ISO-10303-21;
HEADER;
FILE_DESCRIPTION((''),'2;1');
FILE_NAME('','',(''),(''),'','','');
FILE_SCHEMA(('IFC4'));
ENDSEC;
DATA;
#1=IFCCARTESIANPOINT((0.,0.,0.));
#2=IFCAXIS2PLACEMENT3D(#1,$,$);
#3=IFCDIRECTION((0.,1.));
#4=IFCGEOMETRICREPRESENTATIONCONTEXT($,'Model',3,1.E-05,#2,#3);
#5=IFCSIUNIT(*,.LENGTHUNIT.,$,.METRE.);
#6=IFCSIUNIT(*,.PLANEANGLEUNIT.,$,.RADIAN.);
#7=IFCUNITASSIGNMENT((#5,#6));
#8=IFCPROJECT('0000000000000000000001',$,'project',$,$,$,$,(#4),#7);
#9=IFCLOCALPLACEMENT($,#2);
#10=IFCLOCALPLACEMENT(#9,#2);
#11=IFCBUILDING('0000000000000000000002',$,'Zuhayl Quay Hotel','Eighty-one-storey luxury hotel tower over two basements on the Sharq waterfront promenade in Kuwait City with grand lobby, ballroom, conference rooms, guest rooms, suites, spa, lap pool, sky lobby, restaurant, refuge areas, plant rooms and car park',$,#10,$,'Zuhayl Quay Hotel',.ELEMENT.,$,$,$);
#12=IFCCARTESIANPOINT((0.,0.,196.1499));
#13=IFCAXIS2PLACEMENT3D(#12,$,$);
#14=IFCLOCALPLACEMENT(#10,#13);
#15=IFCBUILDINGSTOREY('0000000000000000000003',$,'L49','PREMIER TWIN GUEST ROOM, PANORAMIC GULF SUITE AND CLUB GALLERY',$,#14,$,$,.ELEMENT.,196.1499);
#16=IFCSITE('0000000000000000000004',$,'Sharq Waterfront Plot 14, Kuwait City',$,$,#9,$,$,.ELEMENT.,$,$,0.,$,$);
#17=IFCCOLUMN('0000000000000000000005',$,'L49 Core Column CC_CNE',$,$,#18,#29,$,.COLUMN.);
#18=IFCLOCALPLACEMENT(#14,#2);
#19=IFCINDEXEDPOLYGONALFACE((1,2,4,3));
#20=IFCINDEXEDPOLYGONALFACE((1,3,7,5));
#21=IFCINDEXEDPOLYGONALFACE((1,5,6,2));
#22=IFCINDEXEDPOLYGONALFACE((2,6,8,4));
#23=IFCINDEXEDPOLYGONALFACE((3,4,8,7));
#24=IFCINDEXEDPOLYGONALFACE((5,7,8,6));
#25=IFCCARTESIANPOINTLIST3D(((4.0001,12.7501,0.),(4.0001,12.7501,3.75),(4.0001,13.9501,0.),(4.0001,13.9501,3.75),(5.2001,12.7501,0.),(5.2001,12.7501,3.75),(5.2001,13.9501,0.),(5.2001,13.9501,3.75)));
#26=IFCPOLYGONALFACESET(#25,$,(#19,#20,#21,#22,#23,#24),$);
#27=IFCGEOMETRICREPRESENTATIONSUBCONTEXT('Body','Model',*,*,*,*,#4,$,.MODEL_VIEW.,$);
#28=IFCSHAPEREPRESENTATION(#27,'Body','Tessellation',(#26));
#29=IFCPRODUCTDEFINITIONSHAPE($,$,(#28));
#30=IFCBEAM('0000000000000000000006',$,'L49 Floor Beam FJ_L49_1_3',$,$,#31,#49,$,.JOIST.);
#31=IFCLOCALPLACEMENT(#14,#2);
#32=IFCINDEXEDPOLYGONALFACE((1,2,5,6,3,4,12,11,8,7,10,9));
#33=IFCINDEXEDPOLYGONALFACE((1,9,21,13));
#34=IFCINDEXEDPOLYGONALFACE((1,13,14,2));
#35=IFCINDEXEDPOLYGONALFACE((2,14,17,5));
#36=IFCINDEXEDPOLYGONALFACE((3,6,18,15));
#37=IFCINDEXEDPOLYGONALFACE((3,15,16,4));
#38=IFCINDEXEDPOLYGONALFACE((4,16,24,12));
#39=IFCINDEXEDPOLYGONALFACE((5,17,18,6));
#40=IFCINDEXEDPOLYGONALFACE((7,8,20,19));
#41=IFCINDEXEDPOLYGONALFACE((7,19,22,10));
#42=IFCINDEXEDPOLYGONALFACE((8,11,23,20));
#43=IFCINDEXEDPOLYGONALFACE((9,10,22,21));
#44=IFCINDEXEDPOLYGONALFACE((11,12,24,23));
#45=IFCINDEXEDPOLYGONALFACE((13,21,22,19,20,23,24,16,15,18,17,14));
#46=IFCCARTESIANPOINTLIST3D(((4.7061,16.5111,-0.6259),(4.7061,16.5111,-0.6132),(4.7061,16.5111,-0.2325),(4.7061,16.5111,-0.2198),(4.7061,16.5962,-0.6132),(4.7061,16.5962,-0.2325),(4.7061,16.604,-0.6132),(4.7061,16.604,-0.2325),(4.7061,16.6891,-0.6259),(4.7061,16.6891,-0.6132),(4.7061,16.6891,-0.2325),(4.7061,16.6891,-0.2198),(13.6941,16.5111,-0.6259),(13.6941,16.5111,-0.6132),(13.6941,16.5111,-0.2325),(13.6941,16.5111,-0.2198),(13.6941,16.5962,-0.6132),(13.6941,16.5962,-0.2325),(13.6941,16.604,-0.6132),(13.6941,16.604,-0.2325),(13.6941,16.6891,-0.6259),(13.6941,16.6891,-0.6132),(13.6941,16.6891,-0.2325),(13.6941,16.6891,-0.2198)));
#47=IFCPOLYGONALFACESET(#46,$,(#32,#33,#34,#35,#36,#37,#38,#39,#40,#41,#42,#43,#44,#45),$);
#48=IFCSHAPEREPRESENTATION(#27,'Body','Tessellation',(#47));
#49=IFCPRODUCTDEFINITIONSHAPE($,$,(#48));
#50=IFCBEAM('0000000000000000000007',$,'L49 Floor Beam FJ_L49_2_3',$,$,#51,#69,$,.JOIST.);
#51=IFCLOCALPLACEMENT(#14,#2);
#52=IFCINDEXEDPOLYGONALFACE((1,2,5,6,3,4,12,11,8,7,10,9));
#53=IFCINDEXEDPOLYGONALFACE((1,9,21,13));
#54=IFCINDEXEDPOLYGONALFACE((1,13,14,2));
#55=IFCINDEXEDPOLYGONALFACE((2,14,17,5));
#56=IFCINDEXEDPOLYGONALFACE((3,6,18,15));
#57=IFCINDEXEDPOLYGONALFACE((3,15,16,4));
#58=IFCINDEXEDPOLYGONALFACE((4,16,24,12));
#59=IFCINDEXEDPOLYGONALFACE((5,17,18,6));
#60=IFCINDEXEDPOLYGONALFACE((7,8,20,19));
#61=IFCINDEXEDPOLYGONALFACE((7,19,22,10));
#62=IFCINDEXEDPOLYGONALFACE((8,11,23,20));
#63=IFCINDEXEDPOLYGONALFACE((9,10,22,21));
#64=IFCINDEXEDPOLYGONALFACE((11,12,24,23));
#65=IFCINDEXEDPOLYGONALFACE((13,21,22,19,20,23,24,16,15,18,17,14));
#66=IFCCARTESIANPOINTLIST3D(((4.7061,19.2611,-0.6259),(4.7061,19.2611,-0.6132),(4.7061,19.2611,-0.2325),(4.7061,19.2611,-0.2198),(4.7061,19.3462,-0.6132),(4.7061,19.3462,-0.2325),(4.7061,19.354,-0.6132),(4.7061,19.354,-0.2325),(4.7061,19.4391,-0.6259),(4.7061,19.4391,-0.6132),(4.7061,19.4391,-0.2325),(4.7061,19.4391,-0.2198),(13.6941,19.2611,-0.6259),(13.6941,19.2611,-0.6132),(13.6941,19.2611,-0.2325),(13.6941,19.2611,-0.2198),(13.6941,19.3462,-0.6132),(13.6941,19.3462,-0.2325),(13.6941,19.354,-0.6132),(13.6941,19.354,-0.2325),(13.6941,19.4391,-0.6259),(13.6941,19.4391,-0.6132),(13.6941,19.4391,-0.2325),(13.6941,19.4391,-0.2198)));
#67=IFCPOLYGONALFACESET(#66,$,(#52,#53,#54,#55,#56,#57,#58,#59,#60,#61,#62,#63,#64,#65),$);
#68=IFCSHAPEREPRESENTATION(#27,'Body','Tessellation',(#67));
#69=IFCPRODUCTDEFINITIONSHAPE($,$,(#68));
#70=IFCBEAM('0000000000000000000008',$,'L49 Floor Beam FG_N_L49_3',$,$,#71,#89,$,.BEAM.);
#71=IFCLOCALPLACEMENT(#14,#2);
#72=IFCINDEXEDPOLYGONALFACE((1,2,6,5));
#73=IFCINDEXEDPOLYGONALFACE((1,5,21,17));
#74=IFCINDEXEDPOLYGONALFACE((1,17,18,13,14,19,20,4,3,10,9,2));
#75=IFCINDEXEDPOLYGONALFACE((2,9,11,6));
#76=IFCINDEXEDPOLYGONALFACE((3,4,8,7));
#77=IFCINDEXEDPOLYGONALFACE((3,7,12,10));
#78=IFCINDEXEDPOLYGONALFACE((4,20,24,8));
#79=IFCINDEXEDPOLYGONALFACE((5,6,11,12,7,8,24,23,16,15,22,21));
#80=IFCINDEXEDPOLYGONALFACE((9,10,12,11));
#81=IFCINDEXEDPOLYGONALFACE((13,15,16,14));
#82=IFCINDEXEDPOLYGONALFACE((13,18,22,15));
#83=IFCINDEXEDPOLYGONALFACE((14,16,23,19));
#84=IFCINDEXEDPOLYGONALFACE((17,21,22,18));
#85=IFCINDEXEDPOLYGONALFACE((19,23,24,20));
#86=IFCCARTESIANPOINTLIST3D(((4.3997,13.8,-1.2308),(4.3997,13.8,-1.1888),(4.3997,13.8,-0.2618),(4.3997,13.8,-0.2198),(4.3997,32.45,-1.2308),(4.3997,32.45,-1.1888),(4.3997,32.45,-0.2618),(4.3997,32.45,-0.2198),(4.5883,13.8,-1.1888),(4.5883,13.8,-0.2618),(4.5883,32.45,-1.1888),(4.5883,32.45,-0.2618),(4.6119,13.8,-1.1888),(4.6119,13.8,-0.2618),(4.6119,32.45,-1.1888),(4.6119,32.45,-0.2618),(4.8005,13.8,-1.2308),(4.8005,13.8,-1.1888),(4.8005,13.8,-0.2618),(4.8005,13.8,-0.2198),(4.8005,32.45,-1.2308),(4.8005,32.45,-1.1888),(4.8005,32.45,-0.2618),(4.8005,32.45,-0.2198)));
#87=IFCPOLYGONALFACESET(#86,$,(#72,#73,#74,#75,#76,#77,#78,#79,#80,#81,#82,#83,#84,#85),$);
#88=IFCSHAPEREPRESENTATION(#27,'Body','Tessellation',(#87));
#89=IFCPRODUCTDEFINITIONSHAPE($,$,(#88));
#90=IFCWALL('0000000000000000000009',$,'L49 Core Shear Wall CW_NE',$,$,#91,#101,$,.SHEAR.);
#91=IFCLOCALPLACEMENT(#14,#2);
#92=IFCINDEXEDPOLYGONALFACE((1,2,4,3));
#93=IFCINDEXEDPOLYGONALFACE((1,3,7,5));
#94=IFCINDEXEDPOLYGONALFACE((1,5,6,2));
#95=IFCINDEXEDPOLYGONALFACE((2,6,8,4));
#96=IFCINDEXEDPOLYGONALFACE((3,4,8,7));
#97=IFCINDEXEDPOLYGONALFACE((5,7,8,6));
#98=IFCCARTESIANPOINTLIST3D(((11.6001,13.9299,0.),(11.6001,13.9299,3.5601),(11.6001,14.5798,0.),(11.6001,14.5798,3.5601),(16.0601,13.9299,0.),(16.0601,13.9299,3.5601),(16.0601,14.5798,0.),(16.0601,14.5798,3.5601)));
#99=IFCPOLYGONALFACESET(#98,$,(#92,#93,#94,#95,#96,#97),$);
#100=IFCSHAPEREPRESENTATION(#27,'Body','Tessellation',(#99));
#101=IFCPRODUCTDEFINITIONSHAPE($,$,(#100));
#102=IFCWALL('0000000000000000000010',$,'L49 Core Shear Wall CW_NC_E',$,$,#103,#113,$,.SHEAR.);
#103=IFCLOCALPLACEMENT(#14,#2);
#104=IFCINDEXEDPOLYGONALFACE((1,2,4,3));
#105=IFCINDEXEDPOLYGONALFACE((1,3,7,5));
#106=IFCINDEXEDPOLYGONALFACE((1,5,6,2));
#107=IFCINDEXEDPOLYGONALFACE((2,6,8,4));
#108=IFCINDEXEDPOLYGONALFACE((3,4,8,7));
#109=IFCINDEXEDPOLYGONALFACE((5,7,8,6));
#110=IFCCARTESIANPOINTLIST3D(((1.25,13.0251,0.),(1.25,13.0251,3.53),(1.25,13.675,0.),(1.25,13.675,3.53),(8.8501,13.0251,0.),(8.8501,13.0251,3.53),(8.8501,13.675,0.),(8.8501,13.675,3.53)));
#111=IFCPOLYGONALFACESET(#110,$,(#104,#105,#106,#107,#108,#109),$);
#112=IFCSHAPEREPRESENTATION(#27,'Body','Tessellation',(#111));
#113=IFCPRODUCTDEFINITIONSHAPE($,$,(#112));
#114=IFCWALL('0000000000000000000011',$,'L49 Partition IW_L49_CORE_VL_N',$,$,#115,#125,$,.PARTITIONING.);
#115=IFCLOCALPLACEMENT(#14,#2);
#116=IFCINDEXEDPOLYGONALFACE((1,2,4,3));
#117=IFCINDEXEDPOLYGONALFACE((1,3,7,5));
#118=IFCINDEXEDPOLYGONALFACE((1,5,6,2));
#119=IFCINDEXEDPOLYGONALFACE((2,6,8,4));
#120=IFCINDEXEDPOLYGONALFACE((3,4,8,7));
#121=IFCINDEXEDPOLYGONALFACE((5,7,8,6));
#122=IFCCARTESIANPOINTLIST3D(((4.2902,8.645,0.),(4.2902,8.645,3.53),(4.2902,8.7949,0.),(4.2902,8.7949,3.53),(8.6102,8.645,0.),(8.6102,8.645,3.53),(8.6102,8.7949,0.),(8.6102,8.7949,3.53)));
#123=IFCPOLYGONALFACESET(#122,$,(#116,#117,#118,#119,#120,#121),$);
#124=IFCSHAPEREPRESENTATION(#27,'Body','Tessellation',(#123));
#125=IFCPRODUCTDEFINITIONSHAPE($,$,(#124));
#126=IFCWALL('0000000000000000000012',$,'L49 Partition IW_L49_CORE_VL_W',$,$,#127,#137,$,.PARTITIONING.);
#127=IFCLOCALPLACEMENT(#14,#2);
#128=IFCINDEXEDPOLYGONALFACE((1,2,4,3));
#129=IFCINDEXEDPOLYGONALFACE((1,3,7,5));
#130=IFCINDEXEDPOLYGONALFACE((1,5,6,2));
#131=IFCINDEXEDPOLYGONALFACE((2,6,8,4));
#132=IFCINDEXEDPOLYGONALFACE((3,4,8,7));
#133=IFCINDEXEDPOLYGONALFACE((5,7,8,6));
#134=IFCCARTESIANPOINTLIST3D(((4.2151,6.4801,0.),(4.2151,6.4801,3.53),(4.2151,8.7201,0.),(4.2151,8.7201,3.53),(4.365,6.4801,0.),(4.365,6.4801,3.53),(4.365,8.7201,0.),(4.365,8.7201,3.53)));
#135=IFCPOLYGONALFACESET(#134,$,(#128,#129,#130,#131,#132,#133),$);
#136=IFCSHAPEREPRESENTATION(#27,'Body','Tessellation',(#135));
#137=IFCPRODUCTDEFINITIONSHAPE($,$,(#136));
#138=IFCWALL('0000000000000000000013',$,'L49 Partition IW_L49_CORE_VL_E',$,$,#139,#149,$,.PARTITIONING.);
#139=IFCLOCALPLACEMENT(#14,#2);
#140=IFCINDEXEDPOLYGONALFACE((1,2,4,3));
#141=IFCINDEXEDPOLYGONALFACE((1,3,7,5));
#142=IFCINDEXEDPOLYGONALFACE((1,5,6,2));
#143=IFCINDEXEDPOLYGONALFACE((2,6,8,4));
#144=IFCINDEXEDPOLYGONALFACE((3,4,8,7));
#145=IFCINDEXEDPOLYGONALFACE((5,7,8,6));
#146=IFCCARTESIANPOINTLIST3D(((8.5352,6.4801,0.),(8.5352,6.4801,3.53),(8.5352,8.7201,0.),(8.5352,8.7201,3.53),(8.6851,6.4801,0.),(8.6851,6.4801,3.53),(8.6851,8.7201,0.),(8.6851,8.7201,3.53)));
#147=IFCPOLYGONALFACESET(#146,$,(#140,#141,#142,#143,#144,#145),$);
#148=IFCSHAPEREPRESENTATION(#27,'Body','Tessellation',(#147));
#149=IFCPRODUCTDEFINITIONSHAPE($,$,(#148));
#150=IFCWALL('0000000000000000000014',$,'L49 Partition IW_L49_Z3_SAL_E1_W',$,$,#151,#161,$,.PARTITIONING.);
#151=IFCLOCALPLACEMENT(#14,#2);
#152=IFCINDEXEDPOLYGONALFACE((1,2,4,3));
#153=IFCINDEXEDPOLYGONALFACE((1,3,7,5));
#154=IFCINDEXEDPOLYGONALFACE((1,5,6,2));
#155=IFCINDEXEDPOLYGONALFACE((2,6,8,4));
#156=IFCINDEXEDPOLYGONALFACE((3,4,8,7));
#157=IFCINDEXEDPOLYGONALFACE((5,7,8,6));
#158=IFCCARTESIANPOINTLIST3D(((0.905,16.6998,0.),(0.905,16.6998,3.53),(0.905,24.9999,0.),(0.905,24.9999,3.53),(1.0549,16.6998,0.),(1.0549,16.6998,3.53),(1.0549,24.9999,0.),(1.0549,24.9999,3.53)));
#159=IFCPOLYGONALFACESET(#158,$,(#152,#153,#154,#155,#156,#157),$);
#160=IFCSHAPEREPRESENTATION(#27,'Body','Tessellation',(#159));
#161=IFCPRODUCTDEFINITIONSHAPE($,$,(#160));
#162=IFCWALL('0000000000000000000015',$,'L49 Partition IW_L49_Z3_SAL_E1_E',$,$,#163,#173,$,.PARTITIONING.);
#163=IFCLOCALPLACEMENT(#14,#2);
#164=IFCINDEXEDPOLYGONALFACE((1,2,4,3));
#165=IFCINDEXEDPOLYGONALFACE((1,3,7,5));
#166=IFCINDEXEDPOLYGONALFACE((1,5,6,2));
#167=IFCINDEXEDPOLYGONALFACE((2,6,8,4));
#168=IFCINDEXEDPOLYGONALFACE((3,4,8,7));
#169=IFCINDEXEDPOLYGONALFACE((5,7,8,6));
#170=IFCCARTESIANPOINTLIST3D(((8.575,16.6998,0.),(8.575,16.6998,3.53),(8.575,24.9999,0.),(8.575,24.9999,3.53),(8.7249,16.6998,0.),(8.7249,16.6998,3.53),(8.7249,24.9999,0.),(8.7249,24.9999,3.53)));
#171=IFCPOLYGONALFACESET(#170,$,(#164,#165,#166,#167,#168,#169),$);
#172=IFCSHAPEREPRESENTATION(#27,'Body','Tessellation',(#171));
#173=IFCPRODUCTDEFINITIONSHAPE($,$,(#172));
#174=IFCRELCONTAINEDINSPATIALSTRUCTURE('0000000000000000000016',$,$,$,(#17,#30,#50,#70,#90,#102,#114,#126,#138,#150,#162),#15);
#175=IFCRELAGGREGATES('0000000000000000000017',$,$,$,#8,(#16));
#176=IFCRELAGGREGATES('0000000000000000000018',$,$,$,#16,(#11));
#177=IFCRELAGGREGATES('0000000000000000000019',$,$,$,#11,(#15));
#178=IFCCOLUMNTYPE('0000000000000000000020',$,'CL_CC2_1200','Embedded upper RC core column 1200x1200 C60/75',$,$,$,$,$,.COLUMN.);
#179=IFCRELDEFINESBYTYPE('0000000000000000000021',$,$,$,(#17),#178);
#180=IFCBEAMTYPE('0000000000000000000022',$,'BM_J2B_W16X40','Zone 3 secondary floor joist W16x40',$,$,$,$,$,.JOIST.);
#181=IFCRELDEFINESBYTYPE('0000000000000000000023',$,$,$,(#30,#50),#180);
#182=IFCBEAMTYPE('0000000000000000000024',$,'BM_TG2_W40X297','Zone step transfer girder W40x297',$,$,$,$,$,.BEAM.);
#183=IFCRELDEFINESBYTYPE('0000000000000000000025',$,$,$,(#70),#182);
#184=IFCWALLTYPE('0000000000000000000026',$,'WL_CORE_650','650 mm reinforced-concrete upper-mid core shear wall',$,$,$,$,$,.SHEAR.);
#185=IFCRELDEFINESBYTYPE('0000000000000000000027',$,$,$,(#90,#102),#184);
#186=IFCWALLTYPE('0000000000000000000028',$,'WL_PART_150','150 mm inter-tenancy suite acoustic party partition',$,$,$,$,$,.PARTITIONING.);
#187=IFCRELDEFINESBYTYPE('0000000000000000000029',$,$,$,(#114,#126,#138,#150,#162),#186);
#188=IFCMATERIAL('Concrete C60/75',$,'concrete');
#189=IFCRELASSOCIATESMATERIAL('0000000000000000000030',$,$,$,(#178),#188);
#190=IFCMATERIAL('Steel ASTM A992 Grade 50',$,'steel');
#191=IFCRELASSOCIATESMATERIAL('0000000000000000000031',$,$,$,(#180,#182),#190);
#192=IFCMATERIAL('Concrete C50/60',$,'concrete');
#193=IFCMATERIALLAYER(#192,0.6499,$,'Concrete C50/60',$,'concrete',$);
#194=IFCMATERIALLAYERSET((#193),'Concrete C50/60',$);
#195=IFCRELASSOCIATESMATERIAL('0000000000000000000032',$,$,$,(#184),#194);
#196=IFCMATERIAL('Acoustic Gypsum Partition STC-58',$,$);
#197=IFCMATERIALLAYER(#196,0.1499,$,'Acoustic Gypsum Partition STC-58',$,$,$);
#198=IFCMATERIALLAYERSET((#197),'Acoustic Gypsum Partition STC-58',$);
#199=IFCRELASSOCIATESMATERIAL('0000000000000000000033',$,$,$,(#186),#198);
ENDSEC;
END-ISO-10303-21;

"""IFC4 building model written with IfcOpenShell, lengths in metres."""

from ifc_helpers import new_model, si_unit, direction, frame, frame_2d, origin, origin_2d, place, context, subcontext, project, spatial, rectangle, i_section, extrude, material, layer, layer_set, material_profile, profile_set, type_object, element, save


model = new_model("IFC4")

# Units and contexts
model_context = context("Model", 3, precision=1e-05, world=origin(), true_north=direction((0.0, 1.0)))
body_context = subcontext(model_context, "Body", "Model", "MODEL_VIEW")
ifc_project = project(units=[si_unit("LENGTHUNIT", "METRE"), si_unit("PLANEANGLEUNIT", "RADIAN")], contexts=[model_context])

# Site, building, storey
site_placement = place(None, origin())
site = spatial("IfcSite", under=ifc_project, at=site_placement, Name="Sharq Waterfront Plot 14, Kuwait City", CompositionType="ELEMENT", RefElevation=0.0)
building_placement = place(site_placement, origin())
building = spatial("IfcBuilding", under=site, at=building_placement, Name="Zuhayl Quay Hotel", Description="Eighty-one-storey luxury hotel tower over two basements on the Sharq waterfront promenade in Kuwait City with grand lobby, ballroom, conference rooms, guest rooms, suites, spa, lap pool, sky lobby, restaurant, refuge areas, plant rooms and car park", LongName="Zuhayl Quay Hotel", CompositionType="ELEMENT")
storey_placement = place(building_placement, frame((0.0, 0.0, 196.1499)))
storey = spatial("IfcBuildingStorey", under=building, at=storey_placement, Name="L49", Description="PREMIER TWIN GUEST ROOM, PANORAMIC GULF SUITE AND CLUB GALLERY", CompositionType="ELEMENT", Elevation=196.1499)

# Column
ifc_material_1 = material(Name="Concrete C60/75", Category="concrete")
ifc_material_profile_1 = material_profile(ifc_material_1, rectangle(XDim=1.2, YDim=1.2, at=origin_2d()), Name="RC1200X1200")
ifc_profile_set_1 = profile_set([ifc_material_profile_1], Name="Concrete C60/75")
column_type = type_object("IfcColumnType", Name="CL_CC2_1200", Description="Embedded upper RC core column 1200x1200 C60/75", PredefinedType="COLUMN", material=ifc_profile_set_1)
column_placement = place(storey_placement, frame((4.6001, 13.3501, 0.0), z_axis=(0.0, 0.0, 1.0), x_axis=(1.0, 0.0, 0.0)))
element("IfcColumn", 1, at=column_placement, inside=storey, type_object=column_type, Name="L49 Core Column CC_CNE", PredefinedType="COLUMN", context=body_context, shape_type="SweptSolid", body=[
    extrude(rectangle(XDim=1.2, YDim=1.2, at=origin_2d()), origin(), (0.0, 0.0, 1.0), 3.75),
])

# Beams
ifc_material_2 = material(Name="Steel ASTM A992 Grade 50", Category="steel")
ifc_material_profile_2 = material_profile(ifc_material_2, i_section(OverallWidth=0.178, OverallDepth=0.406, WebThickness=0.0078, FlangeThickness=0.0127, at=origin_2d()), Name="W16X40")
ifc_profile_set_2 = profile_set([ifc_material_profile_2], Name="Steel ASTM A992 Grade 50")
beam_type_1 = type_object("IfcBeamType", Name="BM_J2B_W16X40", Description="Zone 3 secondary floor joist W16x40", PredefinedType="JOIST", material=ifc_profile_set_2)
for number, where, z_axis, x_axis, name in (
    (2, (4.7061, 16.6001, -0.4229), (1.0, 0.0, 0.0), (0.0, 1.0, 0.0), "L49 Floor Beam FJ_L49_1_3"),
    (3, (4.7061, 19.3501, -0.4229), (1.0, 0.0, 0.0), (0.0, 1.0, 0.0), "L49 Floor Beam FJ_L49_2_3"),
):
    element("IfcBeam", number, at=place(storey_placement, frame(where, z_axis=z_axis, x_axis=x_axis)), inside=storey, type_object=beam_type_1, Name=name, PredefinedType="JOIST", context=body_context, shape_type="SweptSolid", body=[
        extrude(i_section(OverallWidth=0.178, OverallDepth=0.406, WebThickness=0.0078, FlangeThickness=0.0127, at=origin_2d()), origin(), (0.0, 0.0, 1.0), 8.988),
    ])
ifc_material_profile_3 = material_profile(ifc_material_2, i_section(OverallWidth=0.4009, OverallDepth=1.011, WebThickness=0.0237, FlangeThickness=0.042, at=origin_2d()), Name="W40X297")
ifc_profile_set_3 = profile_set([ifc_material_profile_3], Name="Steel ASTM A992 Grade 50")
beam_type_2 = type_object("IfcBeamType", Name="BM_TG2_W40X297", Description="Zone step transfer girder W40x297", PredefinedType="BEAM", material=ifc_profile_set_3)
beam_placement = place(storey_placement, frame((4.6001, 13.8, -0.7253), z_axis=(0.0, 1.0, 0.0), x_axis=(-1.0, 0.0, 0.0)))
element("IfcBeam", 4, at=beam_placement, inside=storey, type_object=beam_type_2, Name="L49 Floor Beam FG_N_L49_3", PredefinedType="BEAM", context=body_context, shape_type="SweptSolid", body=[
    extrude(i_section(OverallWidth=0.4009, OverallDepth=1.011, WebThickness=0.0237, FlangeThickness=0.042, at=origin_2d()), origin(), (0.0, 0.0, 1.0), 18.6499),
])

# Walls
ifc_material_3 = material(Name="Concrete C50/60", Category="concrete")
ifc_layer_1 = layer(ifc_material_3, 0.6499, Name="Concrete C50/60", Category="concrete")
ifc_layer_set_1 = layer_set([ifc_layer_1], Name="Concrete C50/60")
wall_type_1 = type_object("IfcWallType", Name="WL_CORE_650", Description="650 mm reinforced-concrete upper-mid core shear wall", PredefinedType="SHEAR", material=ifc_layer_set_1)
wall_1_placement = place(storey_placement, frame((11.6001, 14.2549, 0.0), z_axis=(0.0, 0.0, 1.0), x_axis=(1.0, 0.0, 0.0)))
element("IfcWall", 5, at=wall_1_placement, inside=storey, type_object=wall_type_1, Name="L49 Core Shear Wall CW_NE", PredefinedType="SHEAR", context=body_context, shape_type="SweptSolid", body=[
    extrude(rectangle(XDim=4.46, YDim=0.6499, at=frame_2d((2.23, 0.0))), origin(), (0.0, 0.0, 1.0), 3.5601),
])
wall_2_placement = place(storey_placement, frame((1.25, 13.3501, 0.0), z_axis=(0.0, 0.0, 1.0), x_axis=(1.0, 0.0, 0.0)))
element("IfcWall", 6, at=wall_2_placement, inside=storey, type_object=wall_type_1, Name="L49 Core Shear Wall CW_NC_E", PredefinedType="SHEAR", context=body_context, shape_type="SweptSolid", body=[
    extrude(rectangle(XDim=7.6001, YDim=0.6499, at=frame_2d((3.8, 0.0))), origin(), (0.0, 0.0, 1.0), 3.53),
])
ifc_material_4 = material(Name="Acoustic Gypsum Partition STC-58")
ifc_layer_2 = layer(ifc_material_4, 0.1499, Name="Acoustic Gypsum Partition STC-58")
ifc_layer_set_2 = layer_set([ifc_layer_2], Name="Acoustic Gypsum Partition STC-58")
wall_type_2 = type_object("IfcWallType", Name="WL_PART_150", Description="150 mm inter-tenancy suite acoustic party partition", PredefinedType="PARTITIONING", material=ifc_layer_set_2)
wall_3_placement = place(storey_placement, frame((4.29, 8.72, 0.0), z_axis=(0.0, 0.0, 1.0), x_axis=(1.0, 0.0, 0.0)))
element("IfcWall", 7, at=wall_3_placement, inside=storey, type_object=wall_type_2, Name="L49 Partition IW_L49_CORE_VL_N", PredefinedType="PARTITIONING", context=body_context, shape_type="SweptSolid", body=[
    extrude(rectangle(XDim=4.3201, YDim=0.1499, at=frame_2d((2.1602, 0.0))), origin(), (0.0, 0.0, 1.0), 3.53),
])
for number, where, z_axis, x_axis, name in (
    (8, (4.29, 6.48, 0.0), (0.0, 0.0, 1.0), (0.0, 1.0, 0.0), "L49 Partition IW_L49_CORE_VL_W"),
    (9, (8.6101, 6.48, 0.0), (0.0, 0.0, 1.0), (0.0, 1.0, 0.0), "L49 Partition IW_L49_CORE_VL_E"),
):
    element("IfcWall", number, at=place(storey_placement, frame(where, z_axis=z_axis, x_axis=x_axis)), inside=storey, type_object=wall_type_2, Name=name, PredefinedType="PARTITIONING", context=body_context, shape_type="SweptSolid", body=[
        extrude(rectangle(XDim=2.24, YDim=0.1499, at=frame_2d((1.1201, 0.0))), origin(), (0.0, 0.0, 1.0), 3.53),
    ])
for number, where, z_axis, x_axis, name in (
    (10, (0.98, 16.7, 0.0), (0.0, 0.0, 1.0), (0.0, 1.0, 0.0), "L49 Partition IW_L49_Z3_SAL_E1_W"),
    (11, (8.6499, 16.7, 0.0), (0.0, 0.0, 1.0), (0.0, 1.0, 0.0), "L49 Partition IW_L49_Z3_SAL_E1_E"),
):
    element("IfcWall", number, at=place(storey_placement, frame(where, z_axis=z_axis, x_axis=x_axis)), inside=storey, type_object=wall_type_2, Name=name, PredefinedType="PARTITIONING", context=body_context, shape_type="SweptSolid", body=[
        extrude(rectangle(XDim=8.3, YDim=0.1499, at=frame_2d((4.1499, 0.0))), origin(), (0.0, 0.0, 1.0), 3.53),
    ])

save(model, "model.ifc")
